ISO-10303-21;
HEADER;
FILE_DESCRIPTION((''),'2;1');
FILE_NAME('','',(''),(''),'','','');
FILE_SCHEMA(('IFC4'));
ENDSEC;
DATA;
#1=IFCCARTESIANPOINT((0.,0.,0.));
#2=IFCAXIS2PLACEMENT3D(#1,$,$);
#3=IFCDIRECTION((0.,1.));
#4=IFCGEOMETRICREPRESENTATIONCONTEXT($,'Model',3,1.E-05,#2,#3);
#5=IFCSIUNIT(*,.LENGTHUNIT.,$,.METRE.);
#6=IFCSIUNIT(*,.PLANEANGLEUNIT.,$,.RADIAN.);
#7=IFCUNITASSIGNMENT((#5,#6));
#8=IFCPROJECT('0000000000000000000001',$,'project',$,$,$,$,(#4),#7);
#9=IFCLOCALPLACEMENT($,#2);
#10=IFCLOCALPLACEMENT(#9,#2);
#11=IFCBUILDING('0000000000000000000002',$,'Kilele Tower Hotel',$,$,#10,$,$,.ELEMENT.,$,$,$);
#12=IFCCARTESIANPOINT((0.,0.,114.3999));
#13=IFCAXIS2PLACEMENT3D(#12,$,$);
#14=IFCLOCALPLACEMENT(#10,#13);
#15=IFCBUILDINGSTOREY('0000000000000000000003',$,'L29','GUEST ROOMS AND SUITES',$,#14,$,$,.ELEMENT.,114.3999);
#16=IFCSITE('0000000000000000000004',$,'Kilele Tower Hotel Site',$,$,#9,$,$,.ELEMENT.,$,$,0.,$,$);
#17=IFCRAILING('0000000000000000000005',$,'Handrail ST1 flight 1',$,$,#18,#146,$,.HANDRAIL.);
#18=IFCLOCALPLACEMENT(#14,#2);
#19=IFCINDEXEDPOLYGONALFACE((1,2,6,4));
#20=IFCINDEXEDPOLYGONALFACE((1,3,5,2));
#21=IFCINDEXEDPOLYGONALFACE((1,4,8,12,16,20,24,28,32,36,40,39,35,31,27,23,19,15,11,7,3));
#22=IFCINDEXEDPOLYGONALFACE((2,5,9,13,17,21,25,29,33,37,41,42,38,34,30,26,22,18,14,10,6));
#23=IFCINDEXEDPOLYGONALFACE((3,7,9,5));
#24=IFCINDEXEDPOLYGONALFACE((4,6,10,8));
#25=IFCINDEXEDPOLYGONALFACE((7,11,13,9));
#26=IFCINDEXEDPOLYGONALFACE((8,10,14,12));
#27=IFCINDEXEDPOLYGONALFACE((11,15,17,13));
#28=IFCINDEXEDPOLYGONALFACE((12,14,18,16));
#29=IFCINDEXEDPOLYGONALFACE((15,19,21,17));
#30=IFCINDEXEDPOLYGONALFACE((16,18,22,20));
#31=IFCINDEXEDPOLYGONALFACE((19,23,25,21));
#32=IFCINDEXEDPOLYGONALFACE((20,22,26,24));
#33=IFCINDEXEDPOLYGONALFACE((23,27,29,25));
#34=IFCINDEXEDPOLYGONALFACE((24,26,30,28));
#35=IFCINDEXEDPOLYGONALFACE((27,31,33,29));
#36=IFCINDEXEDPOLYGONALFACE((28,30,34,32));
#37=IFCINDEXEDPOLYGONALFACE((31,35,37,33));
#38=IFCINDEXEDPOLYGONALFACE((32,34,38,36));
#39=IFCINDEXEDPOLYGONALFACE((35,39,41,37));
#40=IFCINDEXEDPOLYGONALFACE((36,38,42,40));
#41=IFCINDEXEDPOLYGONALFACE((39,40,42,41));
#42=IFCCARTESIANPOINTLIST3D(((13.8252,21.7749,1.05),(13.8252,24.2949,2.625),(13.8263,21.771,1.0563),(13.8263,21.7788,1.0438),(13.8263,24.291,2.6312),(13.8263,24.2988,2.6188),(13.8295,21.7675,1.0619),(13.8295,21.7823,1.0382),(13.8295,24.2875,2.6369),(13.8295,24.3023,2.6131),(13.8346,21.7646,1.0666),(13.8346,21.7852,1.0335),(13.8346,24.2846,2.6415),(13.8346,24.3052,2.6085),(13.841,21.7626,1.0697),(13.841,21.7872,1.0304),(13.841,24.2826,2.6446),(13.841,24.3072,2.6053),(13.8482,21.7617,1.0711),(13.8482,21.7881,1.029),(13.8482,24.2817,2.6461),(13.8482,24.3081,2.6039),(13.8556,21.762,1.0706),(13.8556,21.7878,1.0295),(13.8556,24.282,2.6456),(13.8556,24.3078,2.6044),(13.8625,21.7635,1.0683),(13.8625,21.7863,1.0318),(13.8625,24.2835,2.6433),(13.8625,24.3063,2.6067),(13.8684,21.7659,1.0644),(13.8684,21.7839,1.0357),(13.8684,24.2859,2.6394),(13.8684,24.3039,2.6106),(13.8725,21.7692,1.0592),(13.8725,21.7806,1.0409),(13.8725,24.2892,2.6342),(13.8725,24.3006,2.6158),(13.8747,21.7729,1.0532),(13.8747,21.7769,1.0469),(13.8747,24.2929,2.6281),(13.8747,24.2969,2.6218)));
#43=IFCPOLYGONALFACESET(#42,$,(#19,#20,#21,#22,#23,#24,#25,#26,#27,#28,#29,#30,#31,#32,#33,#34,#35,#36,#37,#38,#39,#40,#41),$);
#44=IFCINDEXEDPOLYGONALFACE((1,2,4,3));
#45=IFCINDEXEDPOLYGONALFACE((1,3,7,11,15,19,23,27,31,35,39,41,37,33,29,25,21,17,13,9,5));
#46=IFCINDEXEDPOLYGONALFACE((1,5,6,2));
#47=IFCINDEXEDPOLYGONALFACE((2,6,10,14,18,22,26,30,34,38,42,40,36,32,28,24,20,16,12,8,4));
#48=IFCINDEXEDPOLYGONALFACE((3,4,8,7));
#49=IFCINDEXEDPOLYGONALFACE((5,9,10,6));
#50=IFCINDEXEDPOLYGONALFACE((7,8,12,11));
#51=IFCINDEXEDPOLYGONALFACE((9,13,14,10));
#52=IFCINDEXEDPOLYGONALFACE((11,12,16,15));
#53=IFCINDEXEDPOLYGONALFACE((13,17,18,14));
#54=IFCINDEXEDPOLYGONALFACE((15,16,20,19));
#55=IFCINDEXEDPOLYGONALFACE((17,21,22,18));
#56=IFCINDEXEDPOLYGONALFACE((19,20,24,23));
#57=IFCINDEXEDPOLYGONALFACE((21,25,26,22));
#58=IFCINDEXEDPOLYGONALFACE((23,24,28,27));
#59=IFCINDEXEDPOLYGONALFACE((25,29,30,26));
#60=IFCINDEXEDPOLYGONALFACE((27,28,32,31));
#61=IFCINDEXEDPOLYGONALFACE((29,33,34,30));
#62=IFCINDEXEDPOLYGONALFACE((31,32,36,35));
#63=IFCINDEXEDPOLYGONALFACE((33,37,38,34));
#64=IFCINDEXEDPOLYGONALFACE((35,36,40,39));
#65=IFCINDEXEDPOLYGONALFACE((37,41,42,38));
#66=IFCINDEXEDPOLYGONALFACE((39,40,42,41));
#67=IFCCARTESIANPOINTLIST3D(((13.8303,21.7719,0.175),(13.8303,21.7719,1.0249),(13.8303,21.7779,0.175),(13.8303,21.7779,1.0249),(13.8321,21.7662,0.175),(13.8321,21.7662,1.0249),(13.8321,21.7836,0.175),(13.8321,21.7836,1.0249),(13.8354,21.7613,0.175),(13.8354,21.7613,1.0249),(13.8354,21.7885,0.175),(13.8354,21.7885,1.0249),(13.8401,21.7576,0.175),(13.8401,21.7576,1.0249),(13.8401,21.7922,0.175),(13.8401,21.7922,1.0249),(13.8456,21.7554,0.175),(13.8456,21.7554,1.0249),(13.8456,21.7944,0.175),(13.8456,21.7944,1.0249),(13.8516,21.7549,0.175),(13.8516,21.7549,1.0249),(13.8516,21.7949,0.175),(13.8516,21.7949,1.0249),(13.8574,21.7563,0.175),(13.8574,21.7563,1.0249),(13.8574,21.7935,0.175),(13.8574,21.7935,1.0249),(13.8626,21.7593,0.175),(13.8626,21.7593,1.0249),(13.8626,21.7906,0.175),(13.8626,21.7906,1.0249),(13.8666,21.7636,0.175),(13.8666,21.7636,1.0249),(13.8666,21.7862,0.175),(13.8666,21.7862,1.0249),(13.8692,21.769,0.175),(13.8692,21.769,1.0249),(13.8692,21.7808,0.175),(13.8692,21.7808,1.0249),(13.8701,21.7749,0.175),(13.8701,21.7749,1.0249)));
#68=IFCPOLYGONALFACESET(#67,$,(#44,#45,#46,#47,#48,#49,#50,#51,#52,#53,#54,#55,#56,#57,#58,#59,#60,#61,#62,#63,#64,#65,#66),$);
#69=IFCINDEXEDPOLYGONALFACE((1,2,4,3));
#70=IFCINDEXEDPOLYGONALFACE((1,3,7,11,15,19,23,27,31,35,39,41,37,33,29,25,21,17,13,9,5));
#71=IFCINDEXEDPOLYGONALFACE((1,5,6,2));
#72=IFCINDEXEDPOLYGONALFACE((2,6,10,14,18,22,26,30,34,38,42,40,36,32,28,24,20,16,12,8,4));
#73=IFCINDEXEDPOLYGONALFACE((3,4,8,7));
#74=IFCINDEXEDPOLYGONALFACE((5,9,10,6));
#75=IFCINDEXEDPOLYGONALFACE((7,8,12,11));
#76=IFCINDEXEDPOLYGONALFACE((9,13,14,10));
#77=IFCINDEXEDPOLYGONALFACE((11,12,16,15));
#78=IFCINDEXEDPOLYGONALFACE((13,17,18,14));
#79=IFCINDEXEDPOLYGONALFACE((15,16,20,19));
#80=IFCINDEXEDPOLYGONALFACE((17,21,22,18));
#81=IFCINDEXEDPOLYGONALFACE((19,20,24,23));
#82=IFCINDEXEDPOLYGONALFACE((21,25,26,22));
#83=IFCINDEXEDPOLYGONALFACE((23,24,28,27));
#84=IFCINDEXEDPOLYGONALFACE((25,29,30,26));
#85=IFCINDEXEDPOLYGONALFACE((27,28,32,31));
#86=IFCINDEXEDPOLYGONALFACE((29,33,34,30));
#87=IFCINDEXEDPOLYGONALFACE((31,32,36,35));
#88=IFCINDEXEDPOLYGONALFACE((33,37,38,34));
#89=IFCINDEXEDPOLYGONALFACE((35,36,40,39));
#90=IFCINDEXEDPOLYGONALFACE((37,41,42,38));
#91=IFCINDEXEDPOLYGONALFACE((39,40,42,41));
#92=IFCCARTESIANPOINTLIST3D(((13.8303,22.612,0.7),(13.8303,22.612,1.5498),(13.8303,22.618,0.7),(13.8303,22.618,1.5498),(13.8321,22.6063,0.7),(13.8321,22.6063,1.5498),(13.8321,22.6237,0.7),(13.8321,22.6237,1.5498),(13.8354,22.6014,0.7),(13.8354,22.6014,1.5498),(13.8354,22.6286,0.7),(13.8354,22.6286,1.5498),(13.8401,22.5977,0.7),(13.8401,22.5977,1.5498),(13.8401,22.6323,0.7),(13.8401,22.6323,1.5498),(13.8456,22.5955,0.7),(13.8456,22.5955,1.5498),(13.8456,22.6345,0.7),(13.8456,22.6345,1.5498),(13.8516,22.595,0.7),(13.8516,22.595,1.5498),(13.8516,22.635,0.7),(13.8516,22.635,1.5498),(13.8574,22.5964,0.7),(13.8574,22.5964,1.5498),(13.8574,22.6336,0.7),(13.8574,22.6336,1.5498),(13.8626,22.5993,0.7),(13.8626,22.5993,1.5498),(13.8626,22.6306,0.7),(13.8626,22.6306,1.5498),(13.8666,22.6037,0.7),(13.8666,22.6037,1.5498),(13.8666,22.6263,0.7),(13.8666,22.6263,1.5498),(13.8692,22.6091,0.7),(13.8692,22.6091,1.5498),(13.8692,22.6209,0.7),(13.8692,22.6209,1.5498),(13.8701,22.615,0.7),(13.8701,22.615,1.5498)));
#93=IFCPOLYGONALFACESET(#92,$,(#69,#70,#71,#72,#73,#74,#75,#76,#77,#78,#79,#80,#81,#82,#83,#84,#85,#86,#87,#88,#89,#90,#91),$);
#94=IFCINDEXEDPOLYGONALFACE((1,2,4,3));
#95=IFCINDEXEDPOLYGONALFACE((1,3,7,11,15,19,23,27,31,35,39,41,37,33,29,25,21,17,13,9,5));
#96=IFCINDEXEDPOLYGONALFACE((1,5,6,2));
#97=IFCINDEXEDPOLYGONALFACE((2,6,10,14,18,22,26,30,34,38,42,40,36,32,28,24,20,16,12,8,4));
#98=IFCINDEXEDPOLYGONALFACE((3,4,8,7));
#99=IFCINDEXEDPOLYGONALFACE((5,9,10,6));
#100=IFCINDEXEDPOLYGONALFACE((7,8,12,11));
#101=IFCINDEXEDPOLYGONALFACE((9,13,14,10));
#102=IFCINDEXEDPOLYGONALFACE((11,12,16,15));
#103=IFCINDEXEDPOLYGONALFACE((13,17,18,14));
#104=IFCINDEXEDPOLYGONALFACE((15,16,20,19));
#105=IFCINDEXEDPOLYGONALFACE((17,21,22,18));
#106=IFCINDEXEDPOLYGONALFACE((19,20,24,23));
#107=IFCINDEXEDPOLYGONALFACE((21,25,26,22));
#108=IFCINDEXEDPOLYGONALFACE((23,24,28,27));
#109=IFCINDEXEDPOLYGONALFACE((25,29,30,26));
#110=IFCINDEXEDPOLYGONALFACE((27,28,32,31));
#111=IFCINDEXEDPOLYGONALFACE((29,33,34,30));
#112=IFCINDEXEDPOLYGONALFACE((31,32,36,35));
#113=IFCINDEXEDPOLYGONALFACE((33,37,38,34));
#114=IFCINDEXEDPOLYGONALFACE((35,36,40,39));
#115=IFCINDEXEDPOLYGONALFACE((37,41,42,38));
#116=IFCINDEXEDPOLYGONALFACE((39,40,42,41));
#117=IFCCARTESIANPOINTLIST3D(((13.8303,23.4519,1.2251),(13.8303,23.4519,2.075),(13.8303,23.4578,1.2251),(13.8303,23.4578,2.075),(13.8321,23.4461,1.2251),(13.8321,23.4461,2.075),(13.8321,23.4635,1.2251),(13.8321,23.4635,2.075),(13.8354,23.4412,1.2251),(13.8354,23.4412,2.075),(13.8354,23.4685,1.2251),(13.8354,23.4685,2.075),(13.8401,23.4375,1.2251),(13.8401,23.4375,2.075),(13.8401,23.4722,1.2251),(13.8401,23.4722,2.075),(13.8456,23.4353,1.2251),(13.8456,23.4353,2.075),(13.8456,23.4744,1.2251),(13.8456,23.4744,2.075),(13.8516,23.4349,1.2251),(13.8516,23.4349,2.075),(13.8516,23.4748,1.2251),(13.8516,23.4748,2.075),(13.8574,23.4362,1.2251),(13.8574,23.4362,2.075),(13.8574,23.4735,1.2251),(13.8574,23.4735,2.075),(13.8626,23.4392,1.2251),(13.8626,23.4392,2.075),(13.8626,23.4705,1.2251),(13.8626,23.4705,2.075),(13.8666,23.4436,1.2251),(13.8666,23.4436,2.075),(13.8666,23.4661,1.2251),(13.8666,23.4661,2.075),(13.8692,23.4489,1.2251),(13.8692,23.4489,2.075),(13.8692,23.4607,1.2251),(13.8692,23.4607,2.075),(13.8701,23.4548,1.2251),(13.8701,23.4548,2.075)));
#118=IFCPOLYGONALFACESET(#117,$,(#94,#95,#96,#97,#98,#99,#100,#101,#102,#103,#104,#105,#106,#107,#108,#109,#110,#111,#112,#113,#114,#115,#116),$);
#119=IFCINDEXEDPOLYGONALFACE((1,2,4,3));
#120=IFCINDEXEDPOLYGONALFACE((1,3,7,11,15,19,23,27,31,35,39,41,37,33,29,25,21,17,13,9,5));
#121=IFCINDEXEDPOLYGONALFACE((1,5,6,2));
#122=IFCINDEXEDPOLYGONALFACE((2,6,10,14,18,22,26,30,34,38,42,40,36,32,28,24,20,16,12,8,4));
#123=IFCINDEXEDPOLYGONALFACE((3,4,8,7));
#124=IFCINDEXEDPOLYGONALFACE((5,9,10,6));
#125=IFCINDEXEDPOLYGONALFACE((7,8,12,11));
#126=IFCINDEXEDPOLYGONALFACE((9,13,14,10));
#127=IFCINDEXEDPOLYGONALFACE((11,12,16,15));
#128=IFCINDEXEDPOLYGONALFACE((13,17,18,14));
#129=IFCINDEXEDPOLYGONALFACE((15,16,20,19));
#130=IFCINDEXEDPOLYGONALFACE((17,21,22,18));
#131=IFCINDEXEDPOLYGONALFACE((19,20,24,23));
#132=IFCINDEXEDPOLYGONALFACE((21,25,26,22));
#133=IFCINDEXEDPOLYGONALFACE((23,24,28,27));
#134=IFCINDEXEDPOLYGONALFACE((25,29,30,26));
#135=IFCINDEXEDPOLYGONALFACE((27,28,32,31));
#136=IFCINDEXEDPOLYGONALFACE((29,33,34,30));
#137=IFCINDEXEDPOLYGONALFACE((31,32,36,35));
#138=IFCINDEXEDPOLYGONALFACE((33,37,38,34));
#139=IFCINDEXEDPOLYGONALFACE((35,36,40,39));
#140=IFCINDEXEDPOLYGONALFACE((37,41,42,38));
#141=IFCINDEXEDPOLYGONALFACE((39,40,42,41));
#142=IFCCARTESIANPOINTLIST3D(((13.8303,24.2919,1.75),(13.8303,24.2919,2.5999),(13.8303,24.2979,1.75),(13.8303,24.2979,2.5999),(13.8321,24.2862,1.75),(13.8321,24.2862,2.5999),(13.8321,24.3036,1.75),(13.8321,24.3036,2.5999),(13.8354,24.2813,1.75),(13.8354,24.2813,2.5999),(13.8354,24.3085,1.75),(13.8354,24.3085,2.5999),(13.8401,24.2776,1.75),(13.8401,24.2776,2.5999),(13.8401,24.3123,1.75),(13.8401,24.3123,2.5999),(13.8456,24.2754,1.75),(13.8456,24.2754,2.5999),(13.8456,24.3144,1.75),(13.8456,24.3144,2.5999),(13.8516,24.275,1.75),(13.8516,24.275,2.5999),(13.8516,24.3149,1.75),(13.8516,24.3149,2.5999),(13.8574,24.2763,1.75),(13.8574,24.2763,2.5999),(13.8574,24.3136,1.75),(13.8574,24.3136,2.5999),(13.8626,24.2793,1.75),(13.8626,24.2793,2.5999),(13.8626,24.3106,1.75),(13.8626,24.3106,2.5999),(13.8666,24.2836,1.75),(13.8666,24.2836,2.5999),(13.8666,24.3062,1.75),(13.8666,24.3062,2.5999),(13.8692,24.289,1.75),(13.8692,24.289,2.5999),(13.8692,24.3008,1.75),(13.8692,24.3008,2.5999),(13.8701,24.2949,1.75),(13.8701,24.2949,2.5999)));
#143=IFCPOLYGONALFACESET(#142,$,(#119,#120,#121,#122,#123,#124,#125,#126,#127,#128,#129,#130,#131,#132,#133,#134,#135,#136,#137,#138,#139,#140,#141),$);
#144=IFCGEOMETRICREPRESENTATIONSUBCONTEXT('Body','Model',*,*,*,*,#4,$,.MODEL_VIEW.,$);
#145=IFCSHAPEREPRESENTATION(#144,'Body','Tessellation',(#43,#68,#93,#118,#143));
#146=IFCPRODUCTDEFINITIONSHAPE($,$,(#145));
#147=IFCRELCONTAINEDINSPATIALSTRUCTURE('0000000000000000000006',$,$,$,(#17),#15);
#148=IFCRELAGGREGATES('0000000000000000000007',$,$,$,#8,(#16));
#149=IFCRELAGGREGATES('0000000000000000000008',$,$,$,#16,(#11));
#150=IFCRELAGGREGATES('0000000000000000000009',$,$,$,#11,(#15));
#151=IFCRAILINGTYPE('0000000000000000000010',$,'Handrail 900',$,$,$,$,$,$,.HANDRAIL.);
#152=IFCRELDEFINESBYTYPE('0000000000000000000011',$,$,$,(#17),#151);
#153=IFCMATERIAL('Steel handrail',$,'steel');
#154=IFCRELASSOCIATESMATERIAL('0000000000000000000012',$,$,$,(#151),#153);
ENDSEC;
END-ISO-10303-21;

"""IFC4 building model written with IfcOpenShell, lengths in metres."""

from ifc_helpers import new_model, si_unit, direction, frame, origin, origin_2d, place, context, subcontext, project, spatial, circle, extrude, material, type_object, element, save


model = new_model("IFC4")

# Units and contexts
model_context = context("Model", 3, precision=1e-05, world=origin(), true_north=direction((0.0, 1.0)))
body_context = subcontext(model_context, "Body", "Model", "MODEL_VIEW")
ifc_project = project(units=[si_unit("LENGTHUNIT", "METRE"), si_unit("PLANEANGLEUNIT", "RADIAN")], contexts=[model_context])

# Site, building, storey
site_placement = place(None, origin())
site = spatial("IfcSite", under=ifc_project, at=site_placement, Name="Kilele Tower Hotel Site", CompositionType="ELEMENT", RefElevation=0.0)
building_placement = place(site_placement, origin())
building = spatial("IfcBuilding", under=site, at=building_placement, Name="Kilele Tower Hotel", CompositionType="ELEMENT")
storey_placement = place(building_placement, frame((0.0, 0.0, 114.3999)))
storey = spatial("IfcBuildingStorey", under=building, at=storey_placement, Name="L29", Description="GUEST ROOMS AND SUITES", CompositionType="ELEMENT", Elevation=114.3999)

# Railing
ifc_material_1 = material(Name="Steel handrail", Category="steel")
railing_type_1 = type_object("IfcRailingType", Name="Handrail 900", PredefinedType="HANDRAIL", material=ifc_material_1)
for number, where, name in (
    (1, (13.8501, 21.7749, 0.175), "Handrail ST1 flight 1"),
):
    element("IfcRailing", number, at=place(storey_placement, frame(where)), inside=storey, type_object=railing_type_1, Name=name, PredefinedType="HANDRAIL", context=body_context, shape_type="SweptSolid", body=[
        extrude(circle(Radius=0.0249, at=origin_2d()), frame((0.0, 0.0, 0.875), z_axis=(0.0, 0.848008, 0.529984), x_axis=(-1.0, 0.0, 0.0)), (0.0, 0.0, 1.0), 2.9717),
        extrude(circle(Radius=0.02, at=origin_2d()), origin(), (0.0, 0.0, 1.0), 0.8499),
        extrude(circle(Radius=0.02, at=origin_2d()), frame((0.0, 0.8401, 0.5249)), (0.0, 0.0, 1.0), 0.8499),
        extrude(circle(Radius=0.02, at=origin_2d()), frame((0.0, 1.6799, 1.05)), (0.0, 0.0, 1.0), 0.8499),
        extrude(circle(Radius=0.02, at=origin_2d()), frame((0.0, 2.52, 1.575)), (0.0, 0.0, 1.0), 0.8499),
    ])

save(model, "model.ifc")
